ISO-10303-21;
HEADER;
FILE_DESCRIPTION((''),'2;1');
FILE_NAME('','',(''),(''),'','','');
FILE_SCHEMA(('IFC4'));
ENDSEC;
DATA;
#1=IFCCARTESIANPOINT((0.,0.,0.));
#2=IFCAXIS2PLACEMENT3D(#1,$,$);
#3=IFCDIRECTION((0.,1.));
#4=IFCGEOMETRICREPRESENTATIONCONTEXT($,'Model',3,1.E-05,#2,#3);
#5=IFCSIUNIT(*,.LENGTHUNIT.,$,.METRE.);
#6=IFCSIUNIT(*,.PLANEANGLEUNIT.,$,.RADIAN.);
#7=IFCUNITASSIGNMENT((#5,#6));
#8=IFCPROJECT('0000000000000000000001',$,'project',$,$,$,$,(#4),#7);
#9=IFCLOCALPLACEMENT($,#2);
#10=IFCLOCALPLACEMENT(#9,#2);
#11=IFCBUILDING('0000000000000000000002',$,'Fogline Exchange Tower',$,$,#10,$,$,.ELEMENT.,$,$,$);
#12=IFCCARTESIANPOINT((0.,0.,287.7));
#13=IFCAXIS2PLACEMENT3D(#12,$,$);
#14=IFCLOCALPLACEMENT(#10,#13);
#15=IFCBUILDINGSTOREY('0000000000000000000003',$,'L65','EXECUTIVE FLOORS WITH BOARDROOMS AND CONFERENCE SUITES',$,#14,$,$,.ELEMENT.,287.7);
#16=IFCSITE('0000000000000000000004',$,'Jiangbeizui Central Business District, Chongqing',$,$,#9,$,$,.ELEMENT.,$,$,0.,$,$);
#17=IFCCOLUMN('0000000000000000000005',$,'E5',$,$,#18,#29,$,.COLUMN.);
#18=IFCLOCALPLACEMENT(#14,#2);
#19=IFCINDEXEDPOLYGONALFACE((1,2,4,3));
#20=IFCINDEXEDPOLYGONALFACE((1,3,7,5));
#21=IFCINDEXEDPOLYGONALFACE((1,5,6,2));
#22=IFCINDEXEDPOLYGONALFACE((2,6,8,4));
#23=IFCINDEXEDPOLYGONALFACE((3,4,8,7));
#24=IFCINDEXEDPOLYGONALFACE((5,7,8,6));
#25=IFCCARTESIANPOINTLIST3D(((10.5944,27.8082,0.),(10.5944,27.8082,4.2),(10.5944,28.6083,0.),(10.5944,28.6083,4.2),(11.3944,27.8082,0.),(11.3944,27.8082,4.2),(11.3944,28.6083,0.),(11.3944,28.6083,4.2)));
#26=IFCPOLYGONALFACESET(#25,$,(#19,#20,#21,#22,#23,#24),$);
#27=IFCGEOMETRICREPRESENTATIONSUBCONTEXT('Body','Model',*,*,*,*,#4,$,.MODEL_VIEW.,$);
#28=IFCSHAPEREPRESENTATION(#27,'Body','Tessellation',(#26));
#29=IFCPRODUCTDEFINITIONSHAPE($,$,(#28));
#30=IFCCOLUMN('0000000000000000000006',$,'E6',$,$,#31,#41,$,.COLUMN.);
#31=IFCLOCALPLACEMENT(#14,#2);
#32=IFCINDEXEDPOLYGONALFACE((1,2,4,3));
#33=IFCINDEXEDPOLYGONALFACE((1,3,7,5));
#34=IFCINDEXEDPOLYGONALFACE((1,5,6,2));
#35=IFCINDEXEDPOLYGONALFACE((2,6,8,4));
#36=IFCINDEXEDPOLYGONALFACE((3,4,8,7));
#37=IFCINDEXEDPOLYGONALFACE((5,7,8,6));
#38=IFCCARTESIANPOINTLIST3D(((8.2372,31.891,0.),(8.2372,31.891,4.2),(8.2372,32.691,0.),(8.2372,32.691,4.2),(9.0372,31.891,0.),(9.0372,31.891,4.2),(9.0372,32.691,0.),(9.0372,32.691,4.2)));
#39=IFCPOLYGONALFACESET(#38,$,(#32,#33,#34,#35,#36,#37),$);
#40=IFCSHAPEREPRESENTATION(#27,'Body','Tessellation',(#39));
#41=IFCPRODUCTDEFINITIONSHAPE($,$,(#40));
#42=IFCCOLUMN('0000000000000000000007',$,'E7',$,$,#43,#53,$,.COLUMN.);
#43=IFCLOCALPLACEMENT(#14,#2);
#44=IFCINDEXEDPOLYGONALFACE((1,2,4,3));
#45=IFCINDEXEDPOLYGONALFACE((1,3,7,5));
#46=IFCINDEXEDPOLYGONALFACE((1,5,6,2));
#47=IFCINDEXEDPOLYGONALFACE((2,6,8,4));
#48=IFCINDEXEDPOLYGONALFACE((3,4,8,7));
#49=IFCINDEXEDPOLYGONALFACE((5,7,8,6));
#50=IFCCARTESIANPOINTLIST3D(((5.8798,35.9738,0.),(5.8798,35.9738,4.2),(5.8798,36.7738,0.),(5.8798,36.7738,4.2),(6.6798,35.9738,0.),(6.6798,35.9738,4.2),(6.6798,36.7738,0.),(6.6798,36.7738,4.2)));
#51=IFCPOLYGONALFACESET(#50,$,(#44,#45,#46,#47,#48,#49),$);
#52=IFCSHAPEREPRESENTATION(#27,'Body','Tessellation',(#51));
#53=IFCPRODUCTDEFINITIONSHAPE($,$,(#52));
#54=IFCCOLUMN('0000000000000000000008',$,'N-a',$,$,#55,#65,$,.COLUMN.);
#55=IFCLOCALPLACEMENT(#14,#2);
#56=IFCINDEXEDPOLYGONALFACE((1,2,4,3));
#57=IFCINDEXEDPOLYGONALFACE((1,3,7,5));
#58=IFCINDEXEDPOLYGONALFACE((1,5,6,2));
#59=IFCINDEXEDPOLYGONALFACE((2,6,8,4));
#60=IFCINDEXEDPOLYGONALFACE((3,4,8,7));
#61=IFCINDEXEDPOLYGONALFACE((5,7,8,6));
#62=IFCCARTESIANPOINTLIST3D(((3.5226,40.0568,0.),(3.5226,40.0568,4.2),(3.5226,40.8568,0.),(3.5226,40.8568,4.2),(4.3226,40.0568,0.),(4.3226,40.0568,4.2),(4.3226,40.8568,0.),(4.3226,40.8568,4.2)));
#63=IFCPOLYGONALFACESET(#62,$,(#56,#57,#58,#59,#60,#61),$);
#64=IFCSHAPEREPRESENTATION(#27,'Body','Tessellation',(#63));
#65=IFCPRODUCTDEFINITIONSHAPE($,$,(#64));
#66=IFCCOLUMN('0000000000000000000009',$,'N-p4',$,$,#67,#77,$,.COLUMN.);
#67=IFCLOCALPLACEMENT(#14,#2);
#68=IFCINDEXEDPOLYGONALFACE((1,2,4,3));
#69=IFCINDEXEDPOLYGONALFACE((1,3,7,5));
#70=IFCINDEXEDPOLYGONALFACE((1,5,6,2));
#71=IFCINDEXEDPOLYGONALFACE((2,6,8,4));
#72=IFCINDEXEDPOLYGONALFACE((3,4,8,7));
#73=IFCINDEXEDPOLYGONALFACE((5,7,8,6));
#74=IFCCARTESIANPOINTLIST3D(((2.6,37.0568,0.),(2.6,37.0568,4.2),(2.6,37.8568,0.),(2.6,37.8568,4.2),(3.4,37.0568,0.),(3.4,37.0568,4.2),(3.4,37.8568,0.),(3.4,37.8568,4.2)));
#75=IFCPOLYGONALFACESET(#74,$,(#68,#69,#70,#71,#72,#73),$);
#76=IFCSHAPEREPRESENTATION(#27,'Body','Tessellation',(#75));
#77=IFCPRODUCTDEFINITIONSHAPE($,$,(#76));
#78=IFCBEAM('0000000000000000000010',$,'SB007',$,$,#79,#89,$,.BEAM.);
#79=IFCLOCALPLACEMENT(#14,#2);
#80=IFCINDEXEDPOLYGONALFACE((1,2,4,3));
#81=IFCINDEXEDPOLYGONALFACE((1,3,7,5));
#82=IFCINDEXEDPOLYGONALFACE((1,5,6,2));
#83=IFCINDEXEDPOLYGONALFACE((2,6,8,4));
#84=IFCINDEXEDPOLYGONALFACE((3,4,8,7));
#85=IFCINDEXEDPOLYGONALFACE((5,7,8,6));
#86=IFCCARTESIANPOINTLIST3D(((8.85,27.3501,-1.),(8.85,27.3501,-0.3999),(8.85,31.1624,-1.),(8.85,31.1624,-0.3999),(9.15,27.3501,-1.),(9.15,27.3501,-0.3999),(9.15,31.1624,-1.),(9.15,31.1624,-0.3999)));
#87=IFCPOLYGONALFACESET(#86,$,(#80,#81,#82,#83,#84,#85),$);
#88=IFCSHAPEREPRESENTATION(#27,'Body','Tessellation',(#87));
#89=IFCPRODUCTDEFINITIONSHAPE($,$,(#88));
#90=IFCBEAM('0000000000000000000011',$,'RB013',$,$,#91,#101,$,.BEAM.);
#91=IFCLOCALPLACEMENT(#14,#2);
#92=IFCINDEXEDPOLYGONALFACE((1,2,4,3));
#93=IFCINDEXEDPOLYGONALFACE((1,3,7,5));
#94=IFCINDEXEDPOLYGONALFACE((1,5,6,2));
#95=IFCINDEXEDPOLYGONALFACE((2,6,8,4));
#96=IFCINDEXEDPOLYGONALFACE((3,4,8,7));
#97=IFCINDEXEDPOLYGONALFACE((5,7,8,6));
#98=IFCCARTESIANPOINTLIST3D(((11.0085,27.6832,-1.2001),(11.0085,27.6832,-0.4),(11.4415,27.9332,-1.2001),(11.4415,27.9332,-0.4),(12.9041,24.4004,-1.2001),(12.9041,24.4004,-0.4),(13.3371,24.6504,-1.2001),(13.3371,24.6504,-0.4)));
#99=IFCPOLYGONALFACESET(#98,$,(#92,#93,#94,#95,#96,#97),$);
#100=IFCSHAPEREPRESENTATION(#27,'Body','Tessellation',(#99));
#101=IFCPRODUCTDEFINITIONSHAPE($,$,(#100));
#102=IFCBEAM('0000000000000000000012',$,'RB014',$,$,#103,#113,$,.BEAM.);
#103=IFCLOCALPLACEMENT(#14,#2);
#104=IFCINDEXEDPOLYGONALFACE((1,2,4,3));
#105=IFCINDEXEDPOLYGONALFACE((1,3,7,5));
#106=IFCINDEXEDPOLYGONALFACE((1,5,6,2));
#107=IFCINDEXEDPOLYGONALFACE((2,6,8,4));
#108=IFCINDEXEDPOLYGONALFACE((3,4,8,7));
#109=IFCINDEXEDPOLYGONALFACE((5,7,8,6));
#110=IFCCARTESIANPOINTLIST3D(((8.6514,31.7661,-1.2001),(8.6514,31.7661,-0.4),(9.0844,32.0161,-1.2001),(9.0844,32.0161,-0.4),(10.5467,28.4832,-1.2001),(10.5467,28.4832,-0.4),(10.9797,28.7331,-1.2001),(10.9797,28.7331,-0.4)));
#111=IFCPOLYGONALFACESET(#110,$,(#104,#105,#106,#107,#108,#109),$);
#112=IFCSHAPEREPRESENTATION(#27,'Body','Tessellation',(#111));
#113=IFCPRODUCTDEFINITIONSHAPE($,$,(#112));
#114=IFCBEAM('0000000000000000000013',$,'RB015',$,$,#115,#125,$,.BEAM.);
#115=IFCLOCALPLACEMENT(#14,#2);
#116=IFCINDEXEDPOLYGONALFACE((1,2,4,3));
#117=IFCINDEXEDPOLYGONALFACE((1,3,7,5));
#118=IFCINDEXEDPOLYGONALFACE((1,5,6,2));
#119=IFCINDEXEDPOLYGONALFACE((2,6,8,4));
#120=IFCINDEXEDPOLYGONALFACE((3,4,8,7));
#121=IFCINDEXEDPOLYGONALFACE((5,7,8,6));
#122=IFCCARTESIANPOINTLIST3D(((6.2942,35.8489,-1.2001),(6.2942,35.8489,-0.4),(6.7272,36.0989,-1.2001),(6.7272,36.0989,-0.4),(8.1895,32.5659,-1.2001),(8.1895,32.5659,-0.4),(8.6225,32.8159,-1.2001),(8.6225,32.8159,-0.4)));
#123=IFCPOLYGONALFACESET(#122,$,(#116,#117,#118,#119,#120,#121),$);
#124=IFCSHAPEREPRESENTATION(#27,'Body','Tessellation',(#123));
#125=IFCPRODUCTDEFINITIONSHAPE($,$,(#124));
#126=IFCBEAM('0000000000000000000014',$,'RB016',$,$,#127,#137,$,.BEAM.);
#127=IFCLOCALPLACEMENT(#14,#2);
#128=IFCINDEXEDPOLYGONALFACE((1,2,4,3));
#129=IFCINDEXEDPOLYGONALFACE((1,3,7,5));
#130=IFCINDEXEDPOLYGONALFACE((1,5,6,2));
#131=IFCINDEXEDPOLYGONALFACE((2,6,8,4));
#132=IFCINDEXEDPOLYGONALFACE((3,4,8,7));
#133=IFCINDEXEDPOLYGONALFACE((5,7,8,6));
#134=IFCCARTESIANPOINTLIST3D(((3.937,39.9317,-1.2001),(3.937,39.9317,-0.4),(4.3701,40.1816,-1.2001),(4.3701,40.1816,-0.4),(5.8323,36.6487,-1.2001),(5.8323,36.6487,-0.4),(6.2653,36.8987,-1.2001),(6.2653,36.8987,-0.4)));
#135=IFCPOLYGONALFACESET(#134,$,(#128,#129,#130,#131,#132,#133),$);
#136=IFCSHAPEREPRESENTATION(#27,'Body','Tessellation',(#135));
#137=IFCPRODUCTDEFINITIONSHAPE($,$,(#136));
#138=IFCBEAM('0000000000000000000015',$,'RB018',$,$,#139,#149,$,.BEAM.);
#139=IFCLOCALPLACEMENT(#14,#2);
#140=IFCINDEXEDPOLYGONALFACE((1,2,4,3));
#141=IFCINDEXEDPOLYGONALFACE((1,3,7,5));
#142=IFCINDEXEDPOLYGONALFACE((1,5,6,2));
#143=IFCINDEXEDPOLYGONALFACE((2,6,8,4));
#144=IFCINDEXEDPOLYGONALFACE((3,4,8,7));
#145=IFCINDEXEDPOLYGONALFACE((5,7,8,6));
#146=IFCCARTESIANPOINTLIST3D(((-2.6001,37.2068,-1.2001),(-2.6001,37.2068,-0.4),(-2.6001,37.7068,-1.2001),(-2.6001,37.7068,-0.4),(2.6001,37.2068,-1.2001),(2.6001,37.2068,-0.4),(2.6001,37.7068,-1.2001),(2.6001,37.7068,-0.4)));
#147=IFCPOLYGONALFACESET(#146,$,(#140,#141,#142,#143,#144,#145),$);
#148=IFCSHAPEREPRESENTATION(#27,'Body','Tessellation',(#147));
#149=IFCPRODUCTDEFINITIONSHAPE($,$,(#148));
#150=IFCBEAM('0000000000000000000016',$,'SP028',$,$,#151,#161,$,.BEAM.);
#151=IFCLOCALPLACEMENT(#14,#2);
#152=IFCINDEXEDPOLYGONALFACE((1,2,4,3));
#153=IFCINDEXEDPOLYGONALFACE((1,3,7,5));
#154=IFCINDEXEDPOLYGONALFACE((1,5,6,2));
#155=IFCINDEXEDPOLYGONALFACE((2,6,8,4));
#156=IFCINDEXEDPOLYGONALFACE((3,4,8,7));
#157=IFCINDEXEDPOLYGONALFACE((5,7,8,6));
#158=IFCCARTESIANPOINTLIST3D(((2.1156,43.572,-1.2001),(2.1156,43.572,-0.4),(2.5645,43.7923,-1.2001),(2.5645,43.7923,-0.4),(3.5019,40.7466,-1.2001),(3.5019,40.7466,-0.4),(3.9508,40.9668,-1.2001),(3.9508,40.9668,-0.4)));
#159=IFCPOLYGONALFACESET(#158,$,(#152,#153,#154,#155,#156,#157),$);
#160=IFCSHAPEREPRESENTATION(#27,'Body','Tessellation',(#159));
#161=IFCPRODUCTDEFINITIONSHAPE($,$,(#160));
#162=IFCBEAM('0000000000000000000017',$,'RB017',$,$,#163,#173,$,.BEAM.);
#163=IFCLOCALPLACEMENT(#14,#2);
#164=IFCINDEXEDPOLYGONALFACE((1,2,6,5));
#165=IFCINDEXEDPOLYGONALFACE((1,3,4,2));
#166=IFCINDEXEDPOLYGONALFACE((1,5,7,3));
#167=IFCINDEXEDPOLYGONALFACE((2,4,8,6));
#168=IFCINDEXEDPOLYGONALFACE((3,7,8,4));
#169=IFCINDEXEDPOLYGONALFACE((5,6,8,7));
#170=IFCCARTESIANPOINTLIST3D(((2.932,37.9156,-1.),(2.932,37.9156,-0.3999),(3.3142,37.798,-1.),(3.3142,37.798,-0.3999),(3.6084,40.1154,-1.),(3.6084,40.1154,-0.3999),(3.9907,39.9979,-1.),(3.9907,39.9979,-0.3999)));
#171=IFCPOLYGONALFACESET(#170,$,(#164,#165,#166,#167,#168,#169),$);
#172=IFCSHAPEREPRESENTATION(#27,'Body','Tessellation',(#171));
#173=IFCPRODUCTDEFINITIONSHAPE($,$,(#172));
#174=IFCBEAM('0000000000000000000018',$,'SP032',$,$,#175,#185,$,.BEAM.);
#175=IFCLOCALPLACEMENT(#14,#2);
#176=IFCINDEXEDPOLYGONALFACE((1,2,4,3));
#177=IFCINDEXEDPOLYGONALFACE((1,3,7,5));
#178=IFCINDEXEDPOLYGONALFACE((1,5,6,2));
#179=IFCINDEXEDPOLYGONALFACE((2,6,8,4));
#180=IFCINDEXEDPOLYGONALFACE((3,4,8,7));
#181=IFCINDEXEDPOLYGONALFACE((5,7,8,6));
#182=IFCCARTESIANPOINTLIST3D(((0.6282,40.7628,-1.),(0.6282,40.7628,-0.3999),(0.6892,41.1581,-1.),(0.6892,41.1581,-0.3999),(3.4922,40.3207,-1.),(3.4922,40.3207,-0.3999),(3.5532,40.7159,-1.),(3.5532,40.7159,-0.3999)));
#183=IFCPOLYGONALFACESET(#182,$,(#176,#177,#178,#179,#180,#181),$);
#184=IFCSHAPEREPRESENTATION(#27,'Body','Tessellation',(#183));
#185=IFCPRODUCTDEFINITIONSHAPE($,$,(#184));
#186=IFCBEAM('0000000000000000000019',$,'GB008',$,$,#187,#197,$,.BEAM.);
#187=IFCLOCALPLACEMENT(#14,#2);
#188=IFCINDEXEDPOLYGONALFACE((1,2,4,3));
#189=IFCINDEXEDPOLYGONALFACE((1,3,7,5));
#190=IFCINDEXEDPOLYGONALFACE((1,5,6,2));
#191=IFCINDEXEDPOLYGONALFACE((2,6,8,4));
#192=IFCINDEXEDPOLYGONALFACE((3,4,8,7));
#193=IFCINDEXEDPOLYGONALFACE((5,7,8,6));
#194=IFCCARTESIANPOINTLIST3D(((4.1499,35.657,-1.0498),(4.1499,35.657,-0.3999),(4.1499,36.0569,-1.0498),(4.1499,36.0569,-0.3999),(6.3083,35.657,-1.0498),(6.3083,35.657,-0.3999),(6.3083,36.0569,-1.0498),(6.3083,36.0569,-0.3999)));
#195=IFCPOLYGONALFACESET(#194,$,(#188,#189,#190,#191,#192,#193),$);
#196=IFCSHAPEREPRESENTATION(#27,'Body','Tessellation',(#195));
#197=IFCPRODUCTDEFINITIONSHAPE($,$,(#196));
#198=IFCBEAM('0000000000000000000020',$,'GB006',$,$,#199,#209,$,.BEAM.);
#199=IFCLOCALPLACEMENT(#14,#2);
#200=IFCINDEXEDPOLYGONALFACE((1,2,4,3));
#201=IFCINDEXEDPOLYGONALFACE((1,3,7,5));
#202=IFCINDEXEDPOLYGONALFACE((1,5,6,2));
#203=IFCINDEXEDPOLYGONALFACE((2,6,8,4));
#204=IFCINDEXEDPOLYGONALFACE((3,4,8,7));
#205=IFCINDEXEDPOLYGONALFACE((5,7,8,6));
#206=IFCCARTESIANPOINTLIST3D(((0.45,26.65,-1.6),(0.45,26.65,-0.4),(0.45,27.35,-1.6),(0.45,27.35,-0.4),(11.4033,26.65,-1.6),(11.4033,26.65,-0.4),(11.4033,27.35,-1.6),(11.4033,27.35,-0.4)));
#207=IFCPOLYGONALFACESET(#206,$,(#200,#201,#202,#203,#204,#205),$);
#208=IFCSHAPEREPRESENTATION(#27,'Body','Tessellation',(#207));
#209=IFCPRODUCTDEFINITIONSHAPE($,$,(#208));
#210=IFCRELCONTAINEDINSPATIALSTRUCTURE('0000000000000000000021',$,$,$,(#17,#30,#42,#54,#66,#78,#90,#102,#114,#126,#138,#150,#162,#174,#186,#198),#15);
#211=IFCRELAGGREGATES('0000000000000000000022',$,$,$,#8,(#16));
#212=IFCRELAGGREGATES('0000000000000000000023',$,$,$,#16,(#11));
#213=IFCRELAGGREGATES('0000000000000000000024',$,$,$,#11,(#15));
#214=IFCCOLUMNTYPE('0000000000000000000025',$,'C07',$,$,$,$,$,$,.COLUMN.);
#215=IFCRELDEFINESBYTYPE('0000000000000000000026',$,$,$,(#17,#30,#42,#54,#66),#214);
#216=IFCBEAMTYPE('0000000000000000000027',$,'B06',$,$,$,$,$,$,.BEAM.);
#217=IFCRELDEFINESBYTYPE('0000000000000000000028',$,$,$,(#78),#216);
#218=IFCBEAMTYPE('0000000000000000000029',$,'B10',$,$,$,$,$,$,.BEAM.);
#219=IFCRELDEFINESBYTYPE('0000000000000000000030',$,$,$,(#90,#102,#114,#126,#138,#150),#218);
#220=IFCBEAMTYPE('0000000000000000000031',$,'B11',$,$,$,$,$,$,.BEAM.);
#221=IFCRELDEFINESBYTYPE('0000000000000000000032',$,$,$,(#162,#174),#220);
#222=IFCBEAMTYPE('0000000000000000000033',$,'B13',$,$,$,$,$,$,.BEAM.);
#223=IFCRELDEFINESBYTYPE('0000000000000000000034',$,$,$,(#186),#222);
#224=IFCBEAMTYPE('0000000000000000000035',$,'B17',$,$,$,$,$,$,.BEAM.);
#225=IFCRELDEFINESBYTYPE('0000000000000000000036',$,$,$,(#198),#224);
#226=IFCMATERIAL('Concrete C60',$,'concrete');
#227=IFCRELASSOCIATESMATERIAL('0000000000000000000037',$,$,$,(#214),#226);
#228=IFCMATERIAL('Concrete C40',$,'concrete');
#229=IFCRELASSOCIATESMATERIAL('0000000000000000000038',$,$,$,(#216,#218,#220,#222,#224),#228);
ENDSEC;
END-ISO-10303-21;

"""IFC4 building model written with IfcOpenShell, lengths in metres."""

from ifc_helpers import new_model, si_unit, direction, frame, origin, origin_2d, place, context, subcontext, project, spatial, rectangle, extrude, material, material_profile, profile_set, type_object, element, save


model = new_model("IFC4")

# Units and contexts
model_context = context("Model", 3, precision=1e-05, world=origin(), true_north=direction((0.0, 1.0)))
body_context = subcontext(model_context, "Body", "Model", "MODEL_VIEW")
ifc_project = project(units=[si_unit("LENGTHUNIT", "METRE"), si_unit("PLANEANGLEUNIT", "RADIAN")], contexts=[model_context])

# Site, building, storey
site_placement = place(None, origin())
site = spatial("IfcSite", under=ifc_project, at=site_placement, Name="Jiangbeizui Central Business District, Chongqing", CompositionType="ELEMENT", RefElevation=0.0)
building_placement = place(site_placement, origin())
building = spatial("IfcBuilding", under=site, at=building_placement, Name="Fogline Exchange Tower", CompositionType="ELEMENT")
storey_placement = place(building_placement, frame((0.0, 0.0, 287.7)))
storey = spatial("IfcBuildingStorey", under=building, at=storey_placement, Name="L65", Description="EXECUTIVE FLOORS WITH BOARDROOMS AND CONFERENCE SUITES", CompositionType="ELEMENT", Elevation=287.7)

# Columns
ifc_material_1 = material(Name="Concrete C60", Category="concrete")
ifc_material_profile_1 = material_profile(ifc_material_1, rectangle(XDim=0.8, YDim=0.8, at=origin_2d()), Name="RC 800x800")
ifc_profile_set_1 = profile_set([ifc_material_profile_1], Name="Concrete C60")
column_type = type_object("IfcColumnType", Name="C07", PredefinedType="COLUMN", material=ifc_profile_set_1)
for number, where, z_axis, x_axis, name in (
    (1, (10.9944, 28.2083, 0.0), (0.0, 0.0, 1.0), (1.0, 0.0, 0.0), "E5"),
    (2, (8.6372, 32.291, 0.0), (0.0, 0.0, 1.0), (1.0, 0.0, 0.0), "E6"),
    (3, (6.2798, 36.3738, 0.0), (0.0, 0.0, 1.0), (1.0, 0.0, 0.0), "E7"),
    (4, (3.9226, 40.4568, 0.0), (0.0, 0.0, 1.0), (1.0, 0.0, 0.0), "N-a"),
    (5, (3.0, 37.4568, 0.0), (0.0, 0.0, 1.0), (1.0, 0.0, 0.0), "N-p4"),
):
    element("IfcColumn", number, at=place(storey_placement, frame(where, z_axis=z_axis, x_axis=x_axis)), inside=storey, type_object=column_type, Name=name, PredefinedType="COLUMN", context=body_context, shape_type="SweptSolid", body=[
        extrude(rectangle(XDim=0.8, YDim=0.8, at=origin_2d()), origin(), (0.0, 0.0, 1.0), 4.2),
    ])

# Beams
ifc_material_2 = material(Name="Concrete C40", Category="concrete")
ifc_material_profile_2 = material_profile(ifc_material_2, rectangle(XDim=0.3, YDim=0.6001, at=origin_2d()), Name="RC 300x600")
ifc_profile_set_2 = profile_set([ifc_material_profile_2], Name="Concrete C40")
beam_type_1 = type_object("IfcBeamType", Name="B06", PredefinedType="BEAM", material=ifc_profile_set_2)
beam_1_placement = place(storey_placement, frame((9.0, 27.3501, -0.7), z_axis=(0.0, 1.0, 0.0), x_axis=(-1.0, 0.0, 0.0)))
element("IfcBeam", 6, at=beam_1_placement, inside=storey, type_object=beam_type_1, Name="SB007", PredefinedType="BEAM", context=body_context, shape_type="SweptSolid", body=[
    extrude(rectangle(XDim=0.3, YDim=0.6001, at=origin_2d()), origin(), (0.0, 0.0, 1.0), 3.8123),
])
ifc_material_profile_3 = material_profile(ifc_material_2, rectangle(XDim=0.5, YDim=0.8, at=origin_2d()), Name="RC 500x800")
ifc_profile_set_3 = profile_set([ifc_material_profile_3], Name="Concrete C40")
beam_type_2 = type_object("IfcBeamType", Name="B10", PredefinedType="BEAM", material=ifc_profile_set_3)
for number, where, z_axis, x_axis, name in (
    (7, (13.1206, 24.5254, -0.8), (-0.500046, 0.865999, 0.0), (-0.865999, -0.500046, 0.0), "RB013"),
    (8, (10.7632, 28.6082, -0.8), (-0.49997, 0.866043, 0.0), (-0.866043, -0.49997, 0.0), "RB014"),
    (9, (8.406, 32.6909, -0.8), (-0.49997, 0.866043, 0.0), (-0.866043, -0.49997, 0.0), "RB015"),
    (10, (6.0488, 36.7737, -0.8), (-0.49997, 0.866043, 0.0), (-0.866043, -0.49997, 0.0), "RB016"),
):
    element("IfcBeam", number, at=place(storey_placement, frame(where, z_axis=z_axis, x_axis=x_axis)), inside=storey, type_object=beam_type_2, Name=name, PredefinedType="BEAM", context=body_context, shape_type="SweptSolid", body=[
        extrude(rectangle(XDim=0.5, YDim=0.8, at=origin_2d()), origin(), (0.0, 0.0, 1.0), 3.7908),
    ])
beam_2_placement = place(storey_placement, frame((2.6001, 37.4568, -0.8), z_axis=(-1.0, 0.0, 0.0), x_axis=(0.0, -1.0, 0.0)))
element("IfcBeam", 11, at=beam_2_placement, inside=storey, type_object=beam_type_2, Name="RB018", PredefinedType="BEAM", context=body_context, shape_type="SweptSolid", body=[
    extrude(rectangle(XDim=0.5, YDim=0.8, at=origin_2d()), origin(), (0.0, 0.0, 1.0), 5.2002),
])
beam_3_placement = place(storey_placement, frame((3.7263, 40.8567, -0.8), z_axis=(-0.440467, 0.897769, 0.0), x_axis=(-0.897769, -0.440467, 0.0)))
element("IfcBeam", 12, at=beam_3_placement, inside=storey, type_object=beam_type_2, Name="SP028", PredefinedType="BEAM", context=body_context, shape_type="SweptSolid", body=[
    extrude(rectangle(XDim=0.5, YDim=0.8, at=origin_2d()), origin(), (0.0, 0.0, 1.0), 3.1472),
])
ifc_material_profile_4 = material_profile(ifc_material_2, rectangle(XDim=0.3999, YDim=0.6001, at=origin_2d()), Name="RC 400x600")
ifc_profile_set_4 = profile_set([ifc_material_profile_4], Name="Concrete C40")
beam_type_3 = type_object("IfcBeamType", Name="B11", PredefinedType="BEAM", material=ifc_profile_set_4)
beam_4_placement = place(storey_placement, frame((3.7996, 40.0566, -0.7), z_axis=(-0.293929, -0.955827, 0.0), x_axis=(0.955827, -0.293929, 0.0)))
element("IfcBeam", 13, at=beam_4_placement, inside=storey, type_object=beam_type_3, Name="RB017", PredefinedType="BEAM", context=body_context, shape_type="SweptSolid", body=[
    extrude(rectangle(XDim=0.3999, YDim=0.6001, at=origin_2d()), origin(), (0.0, 0.0, 1.0), 2.3015),
])
beam_5_placement = place(storey_placement, frame((3.5227, 40.5183, -0.7), z_axis=(-0.988293, 0.15257, 0.0), x_axis=(-0.15257, -0.988293, 0.0)))
element("IfcBeam", 14, at=beam_5_placement, inside=storey, type_object=beam_type_3, Name="SP032", PredefinedType="BEAM", context=body_context, shape_type="SweptSolid", body=[
    extrude(rectangle(XDim=0.3999, YDim=0.6001, at=origin_2d()), origin(), (0.0, 0.0, 1.0), 2.8979),
])
ifc_material_profile_5 = material_profile(ifc_material_2, rectangle(XDim=0.3999, YDim=0.6499, at=origin_2d()), Name="RC 400x650")
ifc_profile_set_5 = profile_set([ifc_material_profile_5], Name="Concrete C40")
beam_type_4 = type_object("IfcBeamType", Name="B13", PredefinedType="BEAM", material=ifc_profile_set_5)
beam_6_placement = place(storey_placement, frame((4.1499, 35.8569, -0.7249), z_axis=(1.0, 0.0, 0.0), x_axis=(0.0, 1.0, 0.0)))
element("IfcBeam", 15, at=beam_6_placement, inside=storey, type_object=beam_type_4, Name="GB008", PredefinedType="BEAM", context=body_context, shape_type="SweptSolid", body=[
    extrude(rectangle(XDim=0.3999, YDim=0.6499, at=origin_2d()), origin(), (0.0, 0.0, 1.0), 2.1584),
])
ifc_material_profile_6 = material_profile(ifc_material_2, rectangle(XDim=0.7, YDim=1.2, at=origin_2d()), Name="RC 700x1200")
ifc_profile_set_6 = profile_set([ifc_material_profile_6], Name="Concrete C40")
beam_type_5 = type_object("IfcBeamType", Name="B17", PredefinedType="BEAM", material=ifc_profile_set_6)
beam_7_placement = place(storey_placement, frame((0.45, 27.0, -1.0), z_axis=(1.0, 0.0, 0.0), x_axis=(0.0, 1.0, 0.0)))
element("IfcBeam", 16, at=beam_7_placement, inside=storey, type_object=beam_type_5, Name="GB006", PredefinedType="BEAM", context=body_context, shape_type="SweptSolid", body=[
    extrude(rectangle(XDim=0.7, YDim=1.2, at=origin_2d()), origin(), (0.0, 0.0, 1.0), 10.9534),
])

save(model, "model.ifc")
